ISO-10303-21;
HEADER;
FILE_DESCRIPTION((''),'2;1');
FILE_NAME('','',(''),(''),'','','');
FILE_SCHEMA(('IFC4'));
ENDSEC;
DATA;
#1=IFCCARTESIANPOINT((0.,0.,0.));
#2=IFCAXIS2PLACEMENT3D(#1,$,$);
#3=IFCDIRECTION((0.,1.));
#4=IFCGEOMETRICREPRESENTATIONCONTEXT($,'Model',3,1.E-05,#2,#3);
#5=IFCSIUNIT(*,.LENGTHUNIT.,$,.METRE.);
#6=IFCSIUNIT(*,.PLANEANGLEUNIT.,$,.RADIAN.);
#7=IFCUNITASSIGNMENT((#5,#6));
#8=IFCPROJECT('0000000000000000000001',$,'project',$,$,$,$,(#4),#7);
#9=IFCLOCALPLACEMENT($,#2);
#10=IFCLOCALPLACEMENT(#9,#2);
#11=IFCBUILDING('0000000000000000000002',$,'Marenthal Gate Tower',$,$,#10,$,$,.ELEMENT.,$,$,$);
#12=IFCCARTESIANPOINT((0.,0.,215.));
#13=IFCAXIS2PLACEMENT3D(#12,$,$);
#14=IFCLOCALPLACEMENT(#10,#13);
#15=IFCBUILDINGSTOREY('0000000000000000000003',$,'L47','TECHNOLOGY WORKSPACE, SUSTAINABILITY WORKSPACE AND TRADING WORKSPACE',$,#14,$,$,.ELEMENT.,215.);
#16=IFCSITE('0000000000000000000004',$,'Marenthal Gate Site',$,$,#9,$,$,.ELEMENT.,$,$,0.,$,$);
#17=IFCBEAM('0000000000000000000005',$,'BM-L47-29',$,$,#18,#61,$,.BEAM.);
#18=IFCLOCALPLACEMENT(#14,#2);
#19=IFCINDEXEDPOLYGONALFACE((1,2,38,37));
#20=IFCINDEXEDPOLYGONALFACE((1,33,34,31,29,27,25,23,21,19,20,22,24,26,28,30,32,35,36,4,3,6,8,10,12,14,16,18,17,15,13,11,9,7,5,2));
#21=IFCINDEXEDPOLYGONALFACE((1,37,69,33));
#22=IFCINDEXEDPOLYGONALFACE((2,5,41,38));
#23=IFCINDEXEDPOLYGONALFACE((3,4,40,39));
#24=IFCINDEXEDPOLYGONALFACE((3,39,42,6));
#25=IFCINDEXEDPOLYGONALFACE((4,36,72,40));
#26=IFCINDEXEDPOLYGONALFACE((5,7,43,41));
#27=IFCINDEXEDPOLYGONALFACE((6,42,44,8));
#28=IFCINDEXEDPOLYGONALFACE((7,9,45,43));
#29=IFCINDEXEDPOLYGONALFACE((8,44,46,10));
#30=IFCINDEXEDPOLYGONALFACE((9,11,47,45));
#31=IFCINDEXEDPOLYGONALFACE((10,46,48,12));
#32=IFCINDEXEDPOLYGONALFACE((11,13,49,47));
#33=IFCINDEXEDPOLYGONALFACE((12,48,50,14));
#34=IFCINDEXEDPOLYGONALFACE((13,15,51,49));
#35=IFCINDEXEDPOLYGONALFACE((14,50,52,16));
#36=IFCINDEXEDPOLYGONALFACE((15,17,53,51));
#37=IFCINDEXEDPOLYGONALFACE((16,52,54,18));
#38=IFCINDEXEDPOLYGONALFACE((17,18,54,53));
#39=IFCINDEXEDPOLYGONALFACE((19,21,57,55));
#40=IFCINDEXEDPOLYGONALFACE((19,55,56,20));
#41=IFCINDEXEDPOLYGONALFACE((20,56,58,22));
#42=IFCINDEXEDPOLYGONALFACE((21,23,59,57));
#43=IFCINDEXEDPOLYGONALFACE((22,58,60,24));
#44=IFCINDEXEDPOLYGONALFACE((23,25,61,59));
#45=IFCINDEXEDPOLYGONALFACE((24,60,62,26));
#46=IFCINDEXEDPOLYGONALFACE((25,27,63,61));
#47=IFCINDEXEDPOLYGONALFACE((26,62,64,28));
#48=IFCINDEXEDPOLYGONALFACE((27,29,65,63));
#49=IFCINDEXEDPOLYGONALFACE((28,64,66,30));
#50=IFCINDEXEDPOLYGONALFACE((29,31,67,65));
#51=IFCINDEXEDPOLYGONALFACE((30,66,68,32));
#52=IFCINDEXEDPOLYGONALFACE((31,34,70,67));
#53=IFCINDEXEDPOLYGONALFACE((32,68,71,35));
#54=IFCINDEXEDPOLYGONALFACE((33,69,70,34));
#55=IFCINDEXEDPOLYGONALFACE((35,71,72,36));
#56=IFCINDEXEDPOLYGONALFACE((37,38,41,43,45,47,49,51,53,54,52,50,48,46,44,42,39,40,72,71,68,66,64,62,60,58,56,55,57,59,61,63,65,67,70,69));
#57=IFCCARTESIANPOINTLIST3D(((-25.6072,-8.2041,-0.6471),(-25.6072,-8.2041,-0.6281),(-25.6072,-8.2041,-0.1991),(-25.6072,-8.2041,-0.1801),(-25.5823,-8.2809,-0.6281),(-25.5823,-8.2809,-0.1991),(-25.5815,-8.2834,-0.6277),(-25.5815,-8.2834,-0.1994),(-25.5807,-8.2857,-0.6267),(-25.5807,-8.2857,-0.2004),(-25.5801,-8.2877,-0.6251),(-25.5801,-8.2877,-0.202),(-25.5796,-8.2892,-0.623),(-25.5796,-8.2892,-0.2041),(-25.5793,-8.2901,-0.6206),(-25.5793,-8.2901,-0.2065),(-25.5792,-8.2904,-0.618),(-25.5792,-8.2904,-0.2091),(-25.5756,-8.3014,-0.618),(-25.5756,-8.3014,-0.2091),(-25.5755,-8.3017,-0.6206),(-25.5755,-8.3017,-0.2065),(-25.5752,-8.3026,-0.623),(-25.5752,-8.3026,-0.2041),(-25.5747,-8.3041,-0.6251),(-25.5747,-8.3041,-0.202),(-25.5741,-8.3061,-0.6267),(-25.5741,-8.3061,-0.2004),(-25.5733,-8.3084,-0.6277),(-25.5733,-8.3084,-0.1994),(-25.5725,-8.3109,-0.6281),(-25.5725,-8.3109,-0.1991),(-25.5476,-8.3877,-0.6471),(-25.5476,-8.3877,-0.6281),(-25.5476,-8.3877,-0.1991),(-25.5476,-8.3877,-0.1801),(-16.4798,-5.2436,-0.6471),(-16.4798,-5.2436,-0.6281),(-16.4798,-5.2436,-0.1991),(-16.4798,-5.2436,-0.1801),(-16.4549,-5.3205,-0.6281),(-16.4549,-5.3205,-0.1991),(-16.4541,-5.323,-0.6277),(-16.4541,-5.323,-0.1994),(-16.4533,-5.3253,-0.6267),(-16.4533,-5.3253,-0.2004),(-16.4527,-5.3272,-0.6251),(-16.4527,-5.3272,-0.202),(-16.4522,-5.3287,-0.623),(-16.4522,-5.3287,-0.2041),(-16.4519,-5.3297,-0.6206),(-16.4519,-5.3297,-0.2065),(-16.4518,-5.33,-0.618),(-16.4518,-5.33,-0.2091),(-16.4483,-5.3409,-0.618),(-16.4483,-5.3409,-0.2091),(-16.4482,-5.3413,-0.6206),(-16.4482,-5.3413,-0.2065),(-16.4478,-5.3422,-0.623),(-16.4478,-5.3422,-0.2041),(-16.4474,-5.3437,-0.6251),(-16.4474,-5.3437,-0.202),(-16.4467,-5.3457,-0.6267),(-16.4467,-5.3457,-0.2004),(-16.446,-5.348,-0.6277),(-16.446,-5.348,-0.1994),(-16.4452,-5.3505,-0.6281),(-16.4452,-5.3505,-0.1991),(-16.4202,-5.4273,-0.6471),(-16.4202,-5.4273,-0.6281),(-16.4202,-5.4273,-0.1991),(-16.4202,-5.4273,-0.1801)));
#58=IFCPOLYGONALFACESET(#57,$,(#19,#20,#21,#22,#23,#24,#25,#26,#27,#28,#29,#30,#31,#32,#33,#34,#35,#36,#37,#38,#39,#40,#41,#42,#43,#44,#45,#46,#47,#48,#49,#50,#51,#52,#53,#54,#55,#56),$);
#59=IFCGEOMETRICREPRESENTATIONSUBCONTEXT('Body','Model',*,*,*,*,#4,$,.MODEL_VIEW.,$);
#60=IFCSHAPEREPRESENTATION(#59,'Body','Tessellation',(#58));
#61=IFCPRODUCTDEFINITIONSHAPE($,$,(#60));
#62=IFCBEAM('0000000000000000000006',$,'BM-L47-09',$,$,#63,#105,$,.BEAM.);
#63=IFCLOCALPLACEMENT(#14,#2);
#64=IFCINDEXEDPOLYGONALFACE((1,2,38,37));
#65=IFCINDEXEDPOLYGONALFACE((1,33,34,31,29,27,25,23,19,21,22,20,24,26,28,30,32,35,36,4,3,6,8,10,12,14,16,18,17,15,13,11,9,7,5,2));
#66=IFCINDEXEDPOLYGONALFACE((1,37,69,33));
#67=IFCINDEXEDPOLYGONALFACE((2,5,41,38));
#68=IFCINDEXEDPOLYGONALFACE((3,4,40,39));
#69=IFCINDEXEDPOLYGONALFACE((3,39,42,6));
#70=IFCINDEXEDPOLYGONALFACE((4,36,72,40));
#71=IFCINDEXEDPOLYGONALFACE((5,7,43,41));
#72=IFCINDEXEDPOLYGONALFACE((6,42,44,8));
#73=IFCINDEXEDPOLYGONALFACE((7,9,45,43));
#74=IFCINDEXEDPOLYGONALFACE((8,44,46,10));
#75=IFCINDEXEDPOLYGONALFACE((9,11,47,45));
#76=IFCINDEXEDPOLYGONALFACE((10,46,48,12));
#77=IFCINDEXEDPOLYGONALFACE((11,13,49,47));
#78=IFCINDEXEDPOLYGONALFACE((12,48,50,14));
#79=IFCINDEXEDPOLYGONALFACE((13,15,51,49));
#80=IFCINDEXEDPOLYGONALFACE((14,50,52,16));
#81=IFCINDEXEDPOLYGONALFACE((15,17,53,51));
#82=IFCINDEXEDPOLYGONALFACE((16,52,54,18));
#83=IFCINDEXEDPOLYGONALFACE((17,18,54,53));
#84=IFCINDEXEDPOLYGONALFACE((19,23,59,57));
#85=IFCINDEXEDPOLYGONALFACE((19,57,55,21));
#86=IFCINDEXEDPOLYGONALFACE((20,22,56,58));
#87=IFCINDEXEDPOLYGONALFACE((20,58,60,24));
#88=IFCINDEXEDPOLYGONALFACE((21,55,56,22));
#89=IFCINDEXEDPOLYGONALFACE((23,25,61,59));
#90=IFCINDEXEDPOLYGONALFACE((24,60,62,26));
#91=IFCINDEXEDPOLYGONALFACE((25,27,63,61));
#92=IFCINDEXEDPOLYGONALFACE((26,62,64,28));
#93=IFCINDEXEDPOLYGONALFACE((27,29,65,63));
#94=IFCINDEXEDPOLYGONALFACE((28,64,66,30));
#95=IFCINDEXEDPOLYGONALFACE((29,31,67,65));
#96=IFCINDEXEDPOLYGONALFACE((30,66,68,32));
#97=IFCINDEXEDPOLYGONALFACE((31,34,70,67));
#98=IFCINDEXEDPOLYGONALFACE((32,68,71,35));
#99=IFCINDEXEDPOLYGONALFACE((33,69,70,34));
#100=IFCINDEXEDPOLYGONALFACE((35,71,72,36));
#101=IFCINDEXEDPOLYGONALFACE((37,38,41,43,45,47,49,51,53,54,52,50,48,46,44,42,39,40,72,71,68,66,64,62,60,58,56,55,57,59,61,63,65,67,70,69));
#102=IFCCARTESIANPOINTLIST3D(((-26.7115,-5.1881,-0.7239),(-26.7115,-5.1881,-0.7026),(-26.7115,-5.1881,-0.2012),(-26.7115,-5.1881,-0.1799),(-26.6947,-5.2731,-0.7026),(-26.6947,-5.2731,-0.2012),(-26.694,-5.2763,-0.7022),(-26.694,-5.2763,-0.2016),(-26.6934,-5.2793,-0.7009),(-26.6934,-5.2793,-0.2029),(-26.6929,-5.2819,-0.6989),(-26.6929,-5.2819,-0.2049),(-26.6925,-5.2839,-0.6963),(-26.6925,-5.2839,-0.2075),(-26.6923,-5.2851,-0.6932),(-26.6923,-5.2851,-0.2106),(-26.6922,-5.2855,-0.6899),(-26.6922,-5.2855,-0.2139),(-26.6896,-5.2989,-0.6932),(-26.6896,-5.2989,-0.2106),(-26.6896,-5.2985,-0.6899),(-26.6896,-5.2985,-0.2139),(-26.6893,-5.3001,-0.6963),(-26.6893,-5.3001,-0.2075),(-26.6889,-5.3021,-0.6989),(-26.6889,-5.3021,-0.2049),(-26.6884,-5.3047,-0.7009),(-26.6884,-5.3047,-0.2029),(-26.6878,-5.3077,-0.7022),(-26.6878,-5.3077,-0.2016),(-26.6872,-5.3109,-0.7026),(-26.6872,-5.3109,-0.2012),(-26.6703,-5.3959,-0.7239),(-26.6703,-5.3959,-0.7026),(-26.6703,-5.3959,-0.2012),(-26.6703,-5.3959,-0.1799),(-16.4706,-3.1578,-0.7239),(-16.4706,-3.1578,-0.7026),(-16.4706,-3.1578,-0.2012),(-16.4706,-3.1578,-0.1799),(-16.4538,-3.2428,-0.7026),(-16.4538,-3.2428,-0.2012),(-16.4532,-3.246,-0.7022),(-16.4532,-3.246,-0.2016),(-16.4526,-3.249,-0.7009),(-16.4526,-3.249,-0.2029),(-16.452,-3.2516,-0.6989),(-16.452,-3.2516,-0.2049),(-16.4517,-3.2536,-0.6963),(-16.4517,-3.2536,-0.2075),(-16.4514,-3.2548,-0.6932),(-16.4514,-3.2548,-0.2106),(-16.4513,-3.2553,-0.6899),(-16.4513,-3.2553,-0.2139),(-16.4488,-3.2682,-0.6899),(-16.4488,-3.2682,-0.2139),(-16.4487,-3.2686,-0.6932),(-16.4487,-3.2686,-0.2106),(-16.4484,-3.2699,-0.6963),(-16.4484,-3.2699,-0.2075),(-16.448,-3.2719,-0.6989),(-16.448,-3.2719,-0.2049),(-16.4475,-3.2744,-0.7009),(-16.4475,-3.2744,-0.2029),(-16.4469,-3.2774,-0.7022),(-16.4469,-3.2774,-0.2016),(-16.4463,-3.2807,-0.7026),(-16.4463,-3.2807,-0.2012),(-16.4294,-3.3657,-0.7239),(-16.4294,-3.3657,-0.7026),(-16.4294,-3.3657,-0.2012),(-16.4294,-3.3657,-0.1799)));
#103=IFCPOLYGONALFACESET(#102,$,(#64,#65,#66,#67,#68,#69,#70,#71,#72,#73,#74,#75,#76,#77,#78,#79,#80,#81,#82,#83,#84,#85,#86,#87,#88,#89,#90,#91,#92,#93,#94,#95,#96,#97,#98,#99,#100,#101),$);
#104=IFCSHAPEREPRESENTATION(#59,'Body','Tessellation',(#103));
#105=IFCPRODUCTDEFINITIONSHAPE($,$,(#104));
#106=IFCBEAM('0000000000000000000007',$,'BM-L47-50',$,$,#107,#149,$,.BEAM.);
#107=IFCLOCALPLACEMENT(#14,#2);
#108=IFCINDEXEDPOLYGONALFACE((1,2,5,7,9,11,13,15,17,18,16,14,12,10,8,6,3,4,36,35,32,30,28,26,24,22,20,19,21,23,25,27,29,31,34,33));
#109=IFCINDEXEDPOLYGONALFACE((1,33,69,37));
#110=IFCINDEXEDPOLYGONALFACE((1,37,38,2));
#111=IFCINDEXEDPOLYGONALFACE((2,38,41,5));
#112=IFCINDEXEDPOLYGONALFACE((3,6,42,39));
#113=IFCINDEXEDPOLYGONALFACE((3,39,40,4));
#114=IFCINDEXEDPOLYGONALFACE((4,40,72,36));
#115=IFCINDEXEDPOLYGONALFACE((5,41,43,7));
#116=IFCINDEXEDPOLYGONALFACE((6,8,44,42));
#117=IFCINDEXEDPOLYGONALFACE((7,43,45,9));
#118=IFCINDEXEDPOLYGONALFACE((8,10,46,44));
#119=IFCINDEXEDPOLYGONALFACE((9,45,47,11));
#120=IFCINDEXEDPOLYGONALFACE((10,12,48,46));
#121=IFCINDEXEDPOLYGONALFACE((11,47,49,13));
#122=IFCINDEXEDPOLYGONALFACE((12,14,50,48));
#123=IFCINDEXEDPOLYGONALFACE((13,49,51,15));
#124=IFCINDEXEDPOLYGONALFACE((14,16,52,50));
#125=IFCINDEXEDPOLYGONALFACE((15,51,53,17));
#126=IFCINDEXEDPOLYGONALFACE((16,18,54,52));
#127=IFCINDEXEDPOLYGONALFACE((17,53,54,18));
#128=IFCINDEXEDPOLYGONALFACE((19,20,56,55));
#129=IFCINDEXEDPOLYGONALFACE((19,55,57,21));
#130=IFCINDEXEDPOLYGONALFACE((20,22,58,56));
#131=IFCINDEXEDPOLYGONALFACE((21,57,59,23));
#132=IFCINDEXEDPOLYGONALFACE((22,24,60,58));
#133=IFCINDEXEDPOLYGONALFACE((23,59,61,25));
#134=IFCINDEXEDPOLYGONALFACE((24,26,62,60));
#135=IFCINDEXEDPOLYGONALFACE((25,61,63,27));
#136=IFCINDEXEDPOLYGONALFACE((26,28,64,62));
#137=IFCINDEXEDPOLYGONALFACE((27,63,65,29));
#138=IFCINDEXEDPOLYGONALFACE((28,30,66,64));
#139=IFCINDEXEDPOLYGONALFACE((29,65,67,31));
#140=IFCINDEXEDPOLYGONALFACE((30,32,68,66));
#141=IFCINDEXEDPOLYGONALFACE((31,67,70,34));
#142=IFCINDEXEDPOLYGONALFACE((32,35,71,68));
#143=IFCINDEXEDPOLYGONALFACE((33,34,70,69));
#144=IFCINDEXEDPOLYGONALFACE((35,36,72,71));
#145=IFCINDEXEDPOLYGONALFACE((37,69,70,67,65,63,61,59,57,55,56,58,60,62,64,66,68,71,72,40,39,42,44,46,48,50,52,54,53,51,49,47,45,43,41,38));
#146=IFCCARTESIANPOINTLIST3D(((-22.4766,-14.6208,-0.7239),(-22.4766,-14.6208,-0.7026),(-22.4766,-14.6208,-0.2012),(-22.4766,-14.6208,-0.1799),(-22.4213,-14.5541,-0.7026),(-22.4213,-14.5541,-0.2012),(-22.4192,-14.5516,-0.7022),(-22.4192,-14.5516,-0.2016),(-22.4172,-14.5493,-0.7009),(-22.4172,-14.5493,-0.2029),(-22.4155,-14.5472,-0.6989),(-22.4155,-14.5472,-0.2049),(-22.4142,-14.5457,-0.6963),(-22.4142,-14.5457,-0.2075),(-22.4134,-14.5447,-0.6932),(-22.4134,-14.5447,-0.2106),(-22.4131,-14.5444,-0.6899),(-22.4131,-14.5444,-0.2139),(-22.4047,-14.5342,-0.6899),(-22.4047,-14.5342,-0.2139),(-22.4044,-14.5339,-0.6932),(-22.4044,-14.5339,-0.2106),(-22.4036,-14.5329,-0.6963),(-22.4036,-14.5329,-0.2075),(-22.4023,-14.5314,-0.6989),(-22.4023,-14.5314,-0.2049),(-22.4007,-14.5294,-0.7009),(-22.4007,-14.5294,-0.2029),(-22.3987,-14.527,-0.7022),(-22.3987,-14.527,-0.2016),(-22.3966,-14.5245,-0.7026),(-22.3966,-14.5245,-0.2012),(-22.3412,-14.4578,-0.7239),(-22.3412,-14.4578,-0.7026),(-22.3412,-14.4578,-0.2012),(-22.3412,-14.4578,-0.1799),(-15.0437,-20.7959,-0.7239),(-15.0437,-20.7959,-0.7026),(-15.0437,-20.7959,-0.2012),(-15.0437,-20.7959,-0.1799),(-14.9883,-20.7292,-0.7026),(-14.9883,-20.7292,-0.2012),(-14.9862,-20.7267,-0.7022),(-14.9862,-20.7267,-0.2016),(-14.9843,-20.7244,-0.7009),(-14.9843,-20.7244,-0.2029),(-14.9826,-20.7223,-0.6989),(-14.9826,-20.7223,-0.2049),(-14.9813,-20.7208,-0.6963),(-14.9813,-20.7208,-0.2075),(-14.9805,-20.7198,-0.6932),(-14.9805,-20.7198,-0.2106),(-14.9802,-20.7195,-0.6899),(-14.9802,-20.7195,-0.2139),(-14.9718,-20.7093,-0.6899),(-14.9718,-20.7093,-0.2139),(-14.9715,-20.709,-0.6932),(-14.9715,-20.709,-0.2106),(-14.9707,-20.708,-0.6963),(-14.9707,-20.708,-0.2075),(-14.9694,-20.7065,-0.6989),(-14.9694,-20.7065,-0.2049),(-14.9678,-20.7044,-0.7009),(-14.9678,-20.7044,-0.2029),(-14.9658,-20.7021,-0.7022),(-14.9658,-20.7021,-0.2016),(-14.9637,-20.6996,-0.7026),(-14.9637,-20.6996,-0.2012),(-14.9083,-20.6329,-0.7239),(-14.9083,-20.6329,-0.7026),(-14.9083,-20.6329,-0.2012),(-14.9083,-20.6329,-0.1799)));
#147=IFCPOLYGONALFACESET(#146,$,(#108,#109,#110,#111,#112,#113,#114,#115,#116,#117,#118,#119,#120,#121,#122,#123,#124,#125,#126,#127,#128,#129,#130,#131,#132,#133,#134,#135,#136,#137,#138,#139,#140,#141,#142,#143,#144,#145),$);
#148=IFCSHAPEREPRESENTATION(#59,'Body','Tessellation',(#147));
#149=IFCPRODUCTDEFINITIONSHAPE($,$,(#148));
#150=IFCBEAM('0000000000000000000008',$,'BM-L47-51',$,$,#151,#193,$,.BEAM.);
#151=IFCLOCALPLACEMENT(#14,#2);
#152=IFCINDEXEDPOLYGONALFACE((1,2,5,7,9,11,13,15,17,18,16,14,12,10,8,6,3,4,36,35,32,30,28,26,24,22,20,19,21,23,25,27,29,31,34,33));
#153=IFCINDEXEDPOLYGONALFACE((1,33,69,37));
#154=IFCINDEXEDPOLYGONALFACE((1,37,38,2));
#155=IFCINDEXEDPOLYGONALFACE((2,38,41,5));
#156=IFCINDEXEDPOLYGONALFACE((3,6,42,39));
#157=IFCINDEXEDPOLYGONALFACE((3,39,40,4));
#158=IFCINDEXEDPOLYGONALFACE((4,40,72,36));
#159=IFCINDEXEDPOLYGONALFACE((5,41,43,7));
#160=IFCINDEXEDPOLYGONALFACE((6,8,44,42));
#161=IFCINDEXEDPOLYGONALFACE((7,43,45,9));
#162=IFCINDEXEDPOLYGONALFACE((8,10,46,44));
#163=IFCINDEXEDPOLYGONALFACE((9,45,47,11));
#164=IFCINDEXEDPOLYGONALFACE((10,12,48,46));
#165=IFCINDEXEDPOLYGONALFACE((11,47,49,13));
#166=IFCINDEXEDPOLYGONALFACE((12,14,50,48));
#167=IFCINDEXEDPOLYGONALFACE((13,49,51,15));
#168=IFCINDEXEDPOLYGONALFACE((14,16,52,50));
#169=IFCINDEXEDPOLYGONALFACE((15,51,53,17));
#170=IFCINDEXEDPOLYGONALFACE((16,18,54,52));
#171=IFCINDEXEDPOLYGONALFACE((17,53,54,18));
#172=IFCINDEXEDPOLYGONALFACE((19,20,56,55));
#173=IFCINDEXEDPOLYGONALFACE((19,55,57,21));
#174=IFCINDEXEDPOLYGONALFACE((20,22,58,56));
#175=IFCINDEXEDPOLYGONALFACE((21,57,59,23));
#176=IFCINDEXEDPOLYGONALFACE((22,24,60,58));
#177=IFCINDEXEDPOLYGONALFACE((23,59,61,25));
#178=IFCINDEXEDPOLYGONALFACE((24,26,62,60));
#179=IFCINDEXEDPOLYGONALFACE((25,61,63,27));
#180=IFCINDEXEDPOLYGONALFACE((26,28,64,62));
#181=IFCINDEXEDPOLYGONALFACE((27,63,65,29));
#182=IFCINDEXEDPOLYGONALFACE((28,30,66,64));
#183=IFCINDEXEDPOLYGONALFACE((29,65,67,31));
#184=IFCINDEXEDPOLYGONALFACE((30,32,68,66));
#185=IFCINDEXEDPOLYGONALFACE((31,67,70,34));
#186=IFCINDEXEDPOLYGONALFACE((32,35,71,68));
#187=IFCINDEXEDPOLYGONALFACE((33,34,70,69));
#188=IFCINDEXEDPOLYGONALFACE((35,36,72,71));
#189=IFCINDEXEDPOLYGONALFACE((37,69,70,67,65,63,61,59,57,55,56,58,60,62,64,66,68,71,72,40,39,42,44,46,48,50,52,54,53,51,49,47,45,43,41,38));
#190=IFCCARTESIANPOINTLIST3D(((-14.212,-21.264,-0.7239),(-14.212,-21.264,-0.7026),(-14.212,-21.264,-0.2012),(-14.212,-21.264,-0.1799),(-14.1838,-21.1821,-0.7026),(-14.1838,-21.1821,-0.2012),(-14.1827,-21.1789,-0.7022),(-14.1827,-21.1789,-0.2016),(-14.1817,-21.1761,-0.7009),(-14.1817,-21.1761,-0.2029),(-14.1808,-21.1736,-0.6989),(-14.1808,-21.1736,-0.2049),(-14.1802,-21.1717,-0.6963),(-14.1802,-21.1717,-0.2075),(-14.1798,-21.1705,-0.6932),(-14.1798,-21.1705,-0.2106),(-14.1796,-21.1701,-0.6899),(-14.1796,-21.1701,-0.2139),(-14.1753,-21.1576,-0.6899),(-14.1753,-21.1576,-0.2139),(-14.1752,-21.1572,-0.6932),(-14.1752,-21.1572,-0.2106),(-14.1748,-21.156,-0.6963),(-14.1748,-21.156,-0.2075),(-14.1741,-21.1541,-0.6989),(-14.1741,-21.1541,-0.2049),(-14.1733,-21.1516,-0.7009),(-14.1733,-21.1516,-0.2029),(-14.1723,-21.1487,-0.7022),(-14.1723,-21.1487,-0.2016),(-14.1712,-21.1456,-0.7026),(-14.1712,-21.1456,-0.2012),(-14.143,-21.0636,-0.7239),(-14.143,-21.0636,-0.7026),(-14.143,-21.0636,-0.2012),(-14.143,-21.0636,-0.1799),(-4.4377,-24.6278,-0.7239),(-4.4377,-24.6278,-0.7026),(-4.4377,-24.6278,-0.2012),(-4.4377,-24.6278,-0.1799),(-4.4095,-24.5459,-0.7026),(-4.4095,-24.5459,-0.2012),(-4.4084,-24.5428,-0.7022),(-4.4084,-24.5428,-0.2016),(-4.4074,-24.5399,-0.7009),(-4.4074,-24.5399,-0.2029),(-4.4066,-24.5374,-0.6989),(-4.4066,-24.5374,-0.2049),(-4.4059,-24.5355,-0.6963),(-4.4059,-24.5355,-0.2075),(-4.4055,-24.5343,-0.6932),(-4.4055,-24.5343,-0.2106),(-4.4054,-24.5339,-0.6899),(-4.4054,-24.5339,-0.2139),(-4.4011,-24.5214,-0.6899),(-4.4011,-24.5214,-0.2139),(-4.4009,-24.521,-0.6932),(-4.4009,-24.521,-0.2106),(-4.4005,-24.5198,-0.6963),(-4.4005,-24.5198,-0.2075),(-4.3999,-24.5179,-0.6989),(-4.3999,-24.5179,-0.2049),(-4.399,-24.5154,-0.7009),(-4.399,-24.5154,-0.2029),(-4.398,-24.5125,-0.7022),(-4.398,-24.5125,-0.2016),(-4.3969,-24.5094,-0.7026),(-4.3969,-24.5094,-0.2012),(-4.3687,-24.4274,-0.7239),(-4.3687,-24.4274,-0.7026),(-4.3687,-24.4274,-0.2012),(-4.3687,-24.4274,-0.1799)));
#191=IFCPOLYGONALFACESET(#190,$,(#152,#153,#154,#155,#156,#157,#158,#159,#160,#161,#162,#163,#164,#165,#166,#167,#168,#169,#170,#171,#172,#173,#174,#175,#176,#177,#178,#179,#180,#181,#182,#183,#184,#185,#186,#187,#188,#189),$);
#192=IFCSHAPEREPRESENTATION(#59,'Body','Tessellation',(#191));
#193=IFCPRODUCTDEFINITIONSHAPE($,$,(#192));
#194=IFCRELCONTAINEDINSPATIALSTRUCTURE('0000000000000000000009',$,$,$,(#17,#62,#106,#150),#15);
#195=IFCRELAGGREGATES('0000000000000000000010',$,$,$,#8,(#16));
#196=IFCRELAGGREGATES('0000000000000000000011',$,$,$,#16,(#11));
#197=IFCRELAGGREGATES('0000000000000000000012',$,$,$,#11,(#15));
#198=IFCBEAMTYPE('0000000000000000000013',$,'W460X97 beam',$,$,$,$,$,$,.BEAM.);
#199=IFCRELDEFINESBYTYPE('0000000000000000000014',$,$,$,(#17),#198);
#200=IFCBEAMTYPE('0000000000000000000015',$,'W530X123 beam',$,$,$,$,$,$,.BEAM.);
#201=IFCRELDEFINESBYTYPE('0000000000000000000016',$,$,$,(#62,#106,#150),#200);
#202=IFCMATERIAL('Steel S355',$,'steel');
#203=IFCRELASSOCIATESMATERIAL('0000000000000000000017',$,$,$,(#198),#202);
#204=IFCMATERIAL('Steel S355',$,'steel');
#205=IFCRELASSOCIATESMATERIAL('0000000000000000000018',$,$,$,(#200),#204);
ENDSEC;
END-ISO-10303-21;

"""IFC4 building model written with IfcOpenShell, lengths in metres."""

from ifc_helpers import new_model, si_unit, direction, frame, origin, origin_2d, place, context, subcontext, project, spatial, i_section, extrude, material, material_profile, profile_set, type_object, element, save


model = new_model("IFC4")

# Units and contexts
model_context = context("Model", 3, precision=1e-05, world=origin(), true_north=direction((0.0, 1.0)))
body_context = subcontext(model_context, "Body", "Model", "MODEL_VIEW")
ifc_project = project(units=[si_unit("LENGTHUNIT", "METRE"), si_unit("PLANEANGLEUNIT", "RADIAN")], contexts=[model_context])

# Site, building, storey
site_placement = place(None, origin())
site = spatial("IfcSite", under=ifc_project, at=site_placement, Name="Marenthal Gate Site", CompositionType="ELEMENT", RefElevation=0.0)
building_placement = place(site_placement, origin())
building = spatial("IfcBuilding", under=site, at=building_placement, Name="Marenthal Gate Tower", CompositionType="ELEMENT")
storey_placement = place(building_placement, frame((0.0, 0.0, 215.0)))
storey = spatial("IfcBuildingStorey", under=building, at=storey_placement, Name="L47", Description="TECHNOLOGY WORKSPACE, SUSTAINABILITY WORKSPACE AND TRADING WORKSPACE", CompositionType="ELEMENT", Elevation=215.0)

# Beams
ifc_material_1 = material(Name="Steel S355", Category="steel")
ifc_material_profile_1 = material_profile(ifc_material_1, i_section(OverallWidth=0.1931, OverallDepth=0.467, WebThickness=0.0115, FlangeThickness=0.019, FilletRadius=0.01, at=origin_2d()), Name="W460X97")
ifc_profile_set_1 = profile_set([ifc_material_profile_1], Name="Steel S355")
beam_type_1 = type_object("IfcBeamType", Name="W460X97 beam", PredefinedType="BEAM", material=ifc_profile_set_1)
beam_1_placement = place(storey_placement, frame((-25.5774, -8.2959, -0.4136), z_axis=(0.951217, 0.308523, 0.0), x_axis=(-0.308523, 0.951217, 0.0)))
element("IfcBeam", 1, at=beam_1_placement, inside=storey, type_object=beam_type_1, Name="BM-L47-29", PredefinedType="BEAM", context=body_context, shape_type="SweptSolid", body=[
    extrude(i_section(OverallWidth=0.1931, OverallDepth=0.467, WebThickness=0.0115, FlangeThickness=0.019, FilletRadius=0.01, at=origin_2d()), origin(), (0.0, 0.0, 1.0), 9.5955),
])
ifc_material_2 = material(Name="Steel S355", Category="steel")
ifc_material_profile_2 = material_profile(ifc_material_2, i_section(OverallWidth=0.2119, OverallDepth=0.5439, WebThickness=0.0132, FlangeThickness=0.0212, FilletRadius=0.0127, at=origin_2d()), Name="W530X123")
ifc_profile_set_2 = profile_set([ifc_material_profile_2], Name="Steel S355")
beam_type_2 = type_object("IfcBeamType", Name="W530X123 beam", PredefinedType="BEAM", material=ifc_profile_set_2)
beam_2_placement = place(storey_placement, frame((-26.6909, -5.292, -0.4519), z_axis=(0.980909, 0.194465, 0.0), x_axis=(-0.194465, 0.980909, 0.0)))
element("IfcBeam", 2, at=beam_2_placement, inside=storey, type_object=beam_type_2, Name="BM-L47-09", PredefinedType="BEAM", context=body_context, shape_type="SweptSolid", body=[
    extrude(i_section(OverallWidth=0.2119, OverallDepth=0.5439, WebThickness=0.0132, FlangeThickness=0.0212, FilletRadius=0.0127, at=origin_2d()), origin(), (0.0, 0.0, 1.0), 10.4402),
])
beam_3_placement = place(storey_placement, frame((-22.4089, -14.5393, -0.4519), z_axis=(0.769188, -0.639023, 0.0), x_axis=(0.639023, 0.769188, 0.0)))
element("IfcBeam", 3, at=beam_3_placement, inside=storey, type_object=beam_type_2, Name="BM-L47-50", PredefinedType="BEAM", context=body_context, shape_type="SweptSolid", body=[
    extrude(i_section(OverallWidth=0.2119, OverallDepth=0.5439, WebThickness=0.0132, FlangeThickness=0.0212, FilletRadius=0.0127, at=origin_2d()), origin(), (0.0, 0.0, 1.0), 9.6633),
])
beam_4_placement = place(storey_placement, frame((-14.1775, -21.1638, -0.4519), z_axis=(0.945571, -0.325417, 0.0), x_axis=(0.325417, 0.945571, 0.0)))
element("IfcBeam", 4, at=beam_4_placement, inside=storey, type_object=beam_type_2, Name="BM-L47-51", PredefinedType="BEAM", context=body_context, shape_type="SweptSolid", body=[
    extrude(i_section(OverallWidth=0.2119, OverallDepth=0.5439, WebThickness=0.0132, FlangeThickness=0.0212, FilletRadius=0.0127, at=origin_2d()), origin(), (0.0, 0.0, 1.0), 10.3369),
])

save(model, "model.ifc")
